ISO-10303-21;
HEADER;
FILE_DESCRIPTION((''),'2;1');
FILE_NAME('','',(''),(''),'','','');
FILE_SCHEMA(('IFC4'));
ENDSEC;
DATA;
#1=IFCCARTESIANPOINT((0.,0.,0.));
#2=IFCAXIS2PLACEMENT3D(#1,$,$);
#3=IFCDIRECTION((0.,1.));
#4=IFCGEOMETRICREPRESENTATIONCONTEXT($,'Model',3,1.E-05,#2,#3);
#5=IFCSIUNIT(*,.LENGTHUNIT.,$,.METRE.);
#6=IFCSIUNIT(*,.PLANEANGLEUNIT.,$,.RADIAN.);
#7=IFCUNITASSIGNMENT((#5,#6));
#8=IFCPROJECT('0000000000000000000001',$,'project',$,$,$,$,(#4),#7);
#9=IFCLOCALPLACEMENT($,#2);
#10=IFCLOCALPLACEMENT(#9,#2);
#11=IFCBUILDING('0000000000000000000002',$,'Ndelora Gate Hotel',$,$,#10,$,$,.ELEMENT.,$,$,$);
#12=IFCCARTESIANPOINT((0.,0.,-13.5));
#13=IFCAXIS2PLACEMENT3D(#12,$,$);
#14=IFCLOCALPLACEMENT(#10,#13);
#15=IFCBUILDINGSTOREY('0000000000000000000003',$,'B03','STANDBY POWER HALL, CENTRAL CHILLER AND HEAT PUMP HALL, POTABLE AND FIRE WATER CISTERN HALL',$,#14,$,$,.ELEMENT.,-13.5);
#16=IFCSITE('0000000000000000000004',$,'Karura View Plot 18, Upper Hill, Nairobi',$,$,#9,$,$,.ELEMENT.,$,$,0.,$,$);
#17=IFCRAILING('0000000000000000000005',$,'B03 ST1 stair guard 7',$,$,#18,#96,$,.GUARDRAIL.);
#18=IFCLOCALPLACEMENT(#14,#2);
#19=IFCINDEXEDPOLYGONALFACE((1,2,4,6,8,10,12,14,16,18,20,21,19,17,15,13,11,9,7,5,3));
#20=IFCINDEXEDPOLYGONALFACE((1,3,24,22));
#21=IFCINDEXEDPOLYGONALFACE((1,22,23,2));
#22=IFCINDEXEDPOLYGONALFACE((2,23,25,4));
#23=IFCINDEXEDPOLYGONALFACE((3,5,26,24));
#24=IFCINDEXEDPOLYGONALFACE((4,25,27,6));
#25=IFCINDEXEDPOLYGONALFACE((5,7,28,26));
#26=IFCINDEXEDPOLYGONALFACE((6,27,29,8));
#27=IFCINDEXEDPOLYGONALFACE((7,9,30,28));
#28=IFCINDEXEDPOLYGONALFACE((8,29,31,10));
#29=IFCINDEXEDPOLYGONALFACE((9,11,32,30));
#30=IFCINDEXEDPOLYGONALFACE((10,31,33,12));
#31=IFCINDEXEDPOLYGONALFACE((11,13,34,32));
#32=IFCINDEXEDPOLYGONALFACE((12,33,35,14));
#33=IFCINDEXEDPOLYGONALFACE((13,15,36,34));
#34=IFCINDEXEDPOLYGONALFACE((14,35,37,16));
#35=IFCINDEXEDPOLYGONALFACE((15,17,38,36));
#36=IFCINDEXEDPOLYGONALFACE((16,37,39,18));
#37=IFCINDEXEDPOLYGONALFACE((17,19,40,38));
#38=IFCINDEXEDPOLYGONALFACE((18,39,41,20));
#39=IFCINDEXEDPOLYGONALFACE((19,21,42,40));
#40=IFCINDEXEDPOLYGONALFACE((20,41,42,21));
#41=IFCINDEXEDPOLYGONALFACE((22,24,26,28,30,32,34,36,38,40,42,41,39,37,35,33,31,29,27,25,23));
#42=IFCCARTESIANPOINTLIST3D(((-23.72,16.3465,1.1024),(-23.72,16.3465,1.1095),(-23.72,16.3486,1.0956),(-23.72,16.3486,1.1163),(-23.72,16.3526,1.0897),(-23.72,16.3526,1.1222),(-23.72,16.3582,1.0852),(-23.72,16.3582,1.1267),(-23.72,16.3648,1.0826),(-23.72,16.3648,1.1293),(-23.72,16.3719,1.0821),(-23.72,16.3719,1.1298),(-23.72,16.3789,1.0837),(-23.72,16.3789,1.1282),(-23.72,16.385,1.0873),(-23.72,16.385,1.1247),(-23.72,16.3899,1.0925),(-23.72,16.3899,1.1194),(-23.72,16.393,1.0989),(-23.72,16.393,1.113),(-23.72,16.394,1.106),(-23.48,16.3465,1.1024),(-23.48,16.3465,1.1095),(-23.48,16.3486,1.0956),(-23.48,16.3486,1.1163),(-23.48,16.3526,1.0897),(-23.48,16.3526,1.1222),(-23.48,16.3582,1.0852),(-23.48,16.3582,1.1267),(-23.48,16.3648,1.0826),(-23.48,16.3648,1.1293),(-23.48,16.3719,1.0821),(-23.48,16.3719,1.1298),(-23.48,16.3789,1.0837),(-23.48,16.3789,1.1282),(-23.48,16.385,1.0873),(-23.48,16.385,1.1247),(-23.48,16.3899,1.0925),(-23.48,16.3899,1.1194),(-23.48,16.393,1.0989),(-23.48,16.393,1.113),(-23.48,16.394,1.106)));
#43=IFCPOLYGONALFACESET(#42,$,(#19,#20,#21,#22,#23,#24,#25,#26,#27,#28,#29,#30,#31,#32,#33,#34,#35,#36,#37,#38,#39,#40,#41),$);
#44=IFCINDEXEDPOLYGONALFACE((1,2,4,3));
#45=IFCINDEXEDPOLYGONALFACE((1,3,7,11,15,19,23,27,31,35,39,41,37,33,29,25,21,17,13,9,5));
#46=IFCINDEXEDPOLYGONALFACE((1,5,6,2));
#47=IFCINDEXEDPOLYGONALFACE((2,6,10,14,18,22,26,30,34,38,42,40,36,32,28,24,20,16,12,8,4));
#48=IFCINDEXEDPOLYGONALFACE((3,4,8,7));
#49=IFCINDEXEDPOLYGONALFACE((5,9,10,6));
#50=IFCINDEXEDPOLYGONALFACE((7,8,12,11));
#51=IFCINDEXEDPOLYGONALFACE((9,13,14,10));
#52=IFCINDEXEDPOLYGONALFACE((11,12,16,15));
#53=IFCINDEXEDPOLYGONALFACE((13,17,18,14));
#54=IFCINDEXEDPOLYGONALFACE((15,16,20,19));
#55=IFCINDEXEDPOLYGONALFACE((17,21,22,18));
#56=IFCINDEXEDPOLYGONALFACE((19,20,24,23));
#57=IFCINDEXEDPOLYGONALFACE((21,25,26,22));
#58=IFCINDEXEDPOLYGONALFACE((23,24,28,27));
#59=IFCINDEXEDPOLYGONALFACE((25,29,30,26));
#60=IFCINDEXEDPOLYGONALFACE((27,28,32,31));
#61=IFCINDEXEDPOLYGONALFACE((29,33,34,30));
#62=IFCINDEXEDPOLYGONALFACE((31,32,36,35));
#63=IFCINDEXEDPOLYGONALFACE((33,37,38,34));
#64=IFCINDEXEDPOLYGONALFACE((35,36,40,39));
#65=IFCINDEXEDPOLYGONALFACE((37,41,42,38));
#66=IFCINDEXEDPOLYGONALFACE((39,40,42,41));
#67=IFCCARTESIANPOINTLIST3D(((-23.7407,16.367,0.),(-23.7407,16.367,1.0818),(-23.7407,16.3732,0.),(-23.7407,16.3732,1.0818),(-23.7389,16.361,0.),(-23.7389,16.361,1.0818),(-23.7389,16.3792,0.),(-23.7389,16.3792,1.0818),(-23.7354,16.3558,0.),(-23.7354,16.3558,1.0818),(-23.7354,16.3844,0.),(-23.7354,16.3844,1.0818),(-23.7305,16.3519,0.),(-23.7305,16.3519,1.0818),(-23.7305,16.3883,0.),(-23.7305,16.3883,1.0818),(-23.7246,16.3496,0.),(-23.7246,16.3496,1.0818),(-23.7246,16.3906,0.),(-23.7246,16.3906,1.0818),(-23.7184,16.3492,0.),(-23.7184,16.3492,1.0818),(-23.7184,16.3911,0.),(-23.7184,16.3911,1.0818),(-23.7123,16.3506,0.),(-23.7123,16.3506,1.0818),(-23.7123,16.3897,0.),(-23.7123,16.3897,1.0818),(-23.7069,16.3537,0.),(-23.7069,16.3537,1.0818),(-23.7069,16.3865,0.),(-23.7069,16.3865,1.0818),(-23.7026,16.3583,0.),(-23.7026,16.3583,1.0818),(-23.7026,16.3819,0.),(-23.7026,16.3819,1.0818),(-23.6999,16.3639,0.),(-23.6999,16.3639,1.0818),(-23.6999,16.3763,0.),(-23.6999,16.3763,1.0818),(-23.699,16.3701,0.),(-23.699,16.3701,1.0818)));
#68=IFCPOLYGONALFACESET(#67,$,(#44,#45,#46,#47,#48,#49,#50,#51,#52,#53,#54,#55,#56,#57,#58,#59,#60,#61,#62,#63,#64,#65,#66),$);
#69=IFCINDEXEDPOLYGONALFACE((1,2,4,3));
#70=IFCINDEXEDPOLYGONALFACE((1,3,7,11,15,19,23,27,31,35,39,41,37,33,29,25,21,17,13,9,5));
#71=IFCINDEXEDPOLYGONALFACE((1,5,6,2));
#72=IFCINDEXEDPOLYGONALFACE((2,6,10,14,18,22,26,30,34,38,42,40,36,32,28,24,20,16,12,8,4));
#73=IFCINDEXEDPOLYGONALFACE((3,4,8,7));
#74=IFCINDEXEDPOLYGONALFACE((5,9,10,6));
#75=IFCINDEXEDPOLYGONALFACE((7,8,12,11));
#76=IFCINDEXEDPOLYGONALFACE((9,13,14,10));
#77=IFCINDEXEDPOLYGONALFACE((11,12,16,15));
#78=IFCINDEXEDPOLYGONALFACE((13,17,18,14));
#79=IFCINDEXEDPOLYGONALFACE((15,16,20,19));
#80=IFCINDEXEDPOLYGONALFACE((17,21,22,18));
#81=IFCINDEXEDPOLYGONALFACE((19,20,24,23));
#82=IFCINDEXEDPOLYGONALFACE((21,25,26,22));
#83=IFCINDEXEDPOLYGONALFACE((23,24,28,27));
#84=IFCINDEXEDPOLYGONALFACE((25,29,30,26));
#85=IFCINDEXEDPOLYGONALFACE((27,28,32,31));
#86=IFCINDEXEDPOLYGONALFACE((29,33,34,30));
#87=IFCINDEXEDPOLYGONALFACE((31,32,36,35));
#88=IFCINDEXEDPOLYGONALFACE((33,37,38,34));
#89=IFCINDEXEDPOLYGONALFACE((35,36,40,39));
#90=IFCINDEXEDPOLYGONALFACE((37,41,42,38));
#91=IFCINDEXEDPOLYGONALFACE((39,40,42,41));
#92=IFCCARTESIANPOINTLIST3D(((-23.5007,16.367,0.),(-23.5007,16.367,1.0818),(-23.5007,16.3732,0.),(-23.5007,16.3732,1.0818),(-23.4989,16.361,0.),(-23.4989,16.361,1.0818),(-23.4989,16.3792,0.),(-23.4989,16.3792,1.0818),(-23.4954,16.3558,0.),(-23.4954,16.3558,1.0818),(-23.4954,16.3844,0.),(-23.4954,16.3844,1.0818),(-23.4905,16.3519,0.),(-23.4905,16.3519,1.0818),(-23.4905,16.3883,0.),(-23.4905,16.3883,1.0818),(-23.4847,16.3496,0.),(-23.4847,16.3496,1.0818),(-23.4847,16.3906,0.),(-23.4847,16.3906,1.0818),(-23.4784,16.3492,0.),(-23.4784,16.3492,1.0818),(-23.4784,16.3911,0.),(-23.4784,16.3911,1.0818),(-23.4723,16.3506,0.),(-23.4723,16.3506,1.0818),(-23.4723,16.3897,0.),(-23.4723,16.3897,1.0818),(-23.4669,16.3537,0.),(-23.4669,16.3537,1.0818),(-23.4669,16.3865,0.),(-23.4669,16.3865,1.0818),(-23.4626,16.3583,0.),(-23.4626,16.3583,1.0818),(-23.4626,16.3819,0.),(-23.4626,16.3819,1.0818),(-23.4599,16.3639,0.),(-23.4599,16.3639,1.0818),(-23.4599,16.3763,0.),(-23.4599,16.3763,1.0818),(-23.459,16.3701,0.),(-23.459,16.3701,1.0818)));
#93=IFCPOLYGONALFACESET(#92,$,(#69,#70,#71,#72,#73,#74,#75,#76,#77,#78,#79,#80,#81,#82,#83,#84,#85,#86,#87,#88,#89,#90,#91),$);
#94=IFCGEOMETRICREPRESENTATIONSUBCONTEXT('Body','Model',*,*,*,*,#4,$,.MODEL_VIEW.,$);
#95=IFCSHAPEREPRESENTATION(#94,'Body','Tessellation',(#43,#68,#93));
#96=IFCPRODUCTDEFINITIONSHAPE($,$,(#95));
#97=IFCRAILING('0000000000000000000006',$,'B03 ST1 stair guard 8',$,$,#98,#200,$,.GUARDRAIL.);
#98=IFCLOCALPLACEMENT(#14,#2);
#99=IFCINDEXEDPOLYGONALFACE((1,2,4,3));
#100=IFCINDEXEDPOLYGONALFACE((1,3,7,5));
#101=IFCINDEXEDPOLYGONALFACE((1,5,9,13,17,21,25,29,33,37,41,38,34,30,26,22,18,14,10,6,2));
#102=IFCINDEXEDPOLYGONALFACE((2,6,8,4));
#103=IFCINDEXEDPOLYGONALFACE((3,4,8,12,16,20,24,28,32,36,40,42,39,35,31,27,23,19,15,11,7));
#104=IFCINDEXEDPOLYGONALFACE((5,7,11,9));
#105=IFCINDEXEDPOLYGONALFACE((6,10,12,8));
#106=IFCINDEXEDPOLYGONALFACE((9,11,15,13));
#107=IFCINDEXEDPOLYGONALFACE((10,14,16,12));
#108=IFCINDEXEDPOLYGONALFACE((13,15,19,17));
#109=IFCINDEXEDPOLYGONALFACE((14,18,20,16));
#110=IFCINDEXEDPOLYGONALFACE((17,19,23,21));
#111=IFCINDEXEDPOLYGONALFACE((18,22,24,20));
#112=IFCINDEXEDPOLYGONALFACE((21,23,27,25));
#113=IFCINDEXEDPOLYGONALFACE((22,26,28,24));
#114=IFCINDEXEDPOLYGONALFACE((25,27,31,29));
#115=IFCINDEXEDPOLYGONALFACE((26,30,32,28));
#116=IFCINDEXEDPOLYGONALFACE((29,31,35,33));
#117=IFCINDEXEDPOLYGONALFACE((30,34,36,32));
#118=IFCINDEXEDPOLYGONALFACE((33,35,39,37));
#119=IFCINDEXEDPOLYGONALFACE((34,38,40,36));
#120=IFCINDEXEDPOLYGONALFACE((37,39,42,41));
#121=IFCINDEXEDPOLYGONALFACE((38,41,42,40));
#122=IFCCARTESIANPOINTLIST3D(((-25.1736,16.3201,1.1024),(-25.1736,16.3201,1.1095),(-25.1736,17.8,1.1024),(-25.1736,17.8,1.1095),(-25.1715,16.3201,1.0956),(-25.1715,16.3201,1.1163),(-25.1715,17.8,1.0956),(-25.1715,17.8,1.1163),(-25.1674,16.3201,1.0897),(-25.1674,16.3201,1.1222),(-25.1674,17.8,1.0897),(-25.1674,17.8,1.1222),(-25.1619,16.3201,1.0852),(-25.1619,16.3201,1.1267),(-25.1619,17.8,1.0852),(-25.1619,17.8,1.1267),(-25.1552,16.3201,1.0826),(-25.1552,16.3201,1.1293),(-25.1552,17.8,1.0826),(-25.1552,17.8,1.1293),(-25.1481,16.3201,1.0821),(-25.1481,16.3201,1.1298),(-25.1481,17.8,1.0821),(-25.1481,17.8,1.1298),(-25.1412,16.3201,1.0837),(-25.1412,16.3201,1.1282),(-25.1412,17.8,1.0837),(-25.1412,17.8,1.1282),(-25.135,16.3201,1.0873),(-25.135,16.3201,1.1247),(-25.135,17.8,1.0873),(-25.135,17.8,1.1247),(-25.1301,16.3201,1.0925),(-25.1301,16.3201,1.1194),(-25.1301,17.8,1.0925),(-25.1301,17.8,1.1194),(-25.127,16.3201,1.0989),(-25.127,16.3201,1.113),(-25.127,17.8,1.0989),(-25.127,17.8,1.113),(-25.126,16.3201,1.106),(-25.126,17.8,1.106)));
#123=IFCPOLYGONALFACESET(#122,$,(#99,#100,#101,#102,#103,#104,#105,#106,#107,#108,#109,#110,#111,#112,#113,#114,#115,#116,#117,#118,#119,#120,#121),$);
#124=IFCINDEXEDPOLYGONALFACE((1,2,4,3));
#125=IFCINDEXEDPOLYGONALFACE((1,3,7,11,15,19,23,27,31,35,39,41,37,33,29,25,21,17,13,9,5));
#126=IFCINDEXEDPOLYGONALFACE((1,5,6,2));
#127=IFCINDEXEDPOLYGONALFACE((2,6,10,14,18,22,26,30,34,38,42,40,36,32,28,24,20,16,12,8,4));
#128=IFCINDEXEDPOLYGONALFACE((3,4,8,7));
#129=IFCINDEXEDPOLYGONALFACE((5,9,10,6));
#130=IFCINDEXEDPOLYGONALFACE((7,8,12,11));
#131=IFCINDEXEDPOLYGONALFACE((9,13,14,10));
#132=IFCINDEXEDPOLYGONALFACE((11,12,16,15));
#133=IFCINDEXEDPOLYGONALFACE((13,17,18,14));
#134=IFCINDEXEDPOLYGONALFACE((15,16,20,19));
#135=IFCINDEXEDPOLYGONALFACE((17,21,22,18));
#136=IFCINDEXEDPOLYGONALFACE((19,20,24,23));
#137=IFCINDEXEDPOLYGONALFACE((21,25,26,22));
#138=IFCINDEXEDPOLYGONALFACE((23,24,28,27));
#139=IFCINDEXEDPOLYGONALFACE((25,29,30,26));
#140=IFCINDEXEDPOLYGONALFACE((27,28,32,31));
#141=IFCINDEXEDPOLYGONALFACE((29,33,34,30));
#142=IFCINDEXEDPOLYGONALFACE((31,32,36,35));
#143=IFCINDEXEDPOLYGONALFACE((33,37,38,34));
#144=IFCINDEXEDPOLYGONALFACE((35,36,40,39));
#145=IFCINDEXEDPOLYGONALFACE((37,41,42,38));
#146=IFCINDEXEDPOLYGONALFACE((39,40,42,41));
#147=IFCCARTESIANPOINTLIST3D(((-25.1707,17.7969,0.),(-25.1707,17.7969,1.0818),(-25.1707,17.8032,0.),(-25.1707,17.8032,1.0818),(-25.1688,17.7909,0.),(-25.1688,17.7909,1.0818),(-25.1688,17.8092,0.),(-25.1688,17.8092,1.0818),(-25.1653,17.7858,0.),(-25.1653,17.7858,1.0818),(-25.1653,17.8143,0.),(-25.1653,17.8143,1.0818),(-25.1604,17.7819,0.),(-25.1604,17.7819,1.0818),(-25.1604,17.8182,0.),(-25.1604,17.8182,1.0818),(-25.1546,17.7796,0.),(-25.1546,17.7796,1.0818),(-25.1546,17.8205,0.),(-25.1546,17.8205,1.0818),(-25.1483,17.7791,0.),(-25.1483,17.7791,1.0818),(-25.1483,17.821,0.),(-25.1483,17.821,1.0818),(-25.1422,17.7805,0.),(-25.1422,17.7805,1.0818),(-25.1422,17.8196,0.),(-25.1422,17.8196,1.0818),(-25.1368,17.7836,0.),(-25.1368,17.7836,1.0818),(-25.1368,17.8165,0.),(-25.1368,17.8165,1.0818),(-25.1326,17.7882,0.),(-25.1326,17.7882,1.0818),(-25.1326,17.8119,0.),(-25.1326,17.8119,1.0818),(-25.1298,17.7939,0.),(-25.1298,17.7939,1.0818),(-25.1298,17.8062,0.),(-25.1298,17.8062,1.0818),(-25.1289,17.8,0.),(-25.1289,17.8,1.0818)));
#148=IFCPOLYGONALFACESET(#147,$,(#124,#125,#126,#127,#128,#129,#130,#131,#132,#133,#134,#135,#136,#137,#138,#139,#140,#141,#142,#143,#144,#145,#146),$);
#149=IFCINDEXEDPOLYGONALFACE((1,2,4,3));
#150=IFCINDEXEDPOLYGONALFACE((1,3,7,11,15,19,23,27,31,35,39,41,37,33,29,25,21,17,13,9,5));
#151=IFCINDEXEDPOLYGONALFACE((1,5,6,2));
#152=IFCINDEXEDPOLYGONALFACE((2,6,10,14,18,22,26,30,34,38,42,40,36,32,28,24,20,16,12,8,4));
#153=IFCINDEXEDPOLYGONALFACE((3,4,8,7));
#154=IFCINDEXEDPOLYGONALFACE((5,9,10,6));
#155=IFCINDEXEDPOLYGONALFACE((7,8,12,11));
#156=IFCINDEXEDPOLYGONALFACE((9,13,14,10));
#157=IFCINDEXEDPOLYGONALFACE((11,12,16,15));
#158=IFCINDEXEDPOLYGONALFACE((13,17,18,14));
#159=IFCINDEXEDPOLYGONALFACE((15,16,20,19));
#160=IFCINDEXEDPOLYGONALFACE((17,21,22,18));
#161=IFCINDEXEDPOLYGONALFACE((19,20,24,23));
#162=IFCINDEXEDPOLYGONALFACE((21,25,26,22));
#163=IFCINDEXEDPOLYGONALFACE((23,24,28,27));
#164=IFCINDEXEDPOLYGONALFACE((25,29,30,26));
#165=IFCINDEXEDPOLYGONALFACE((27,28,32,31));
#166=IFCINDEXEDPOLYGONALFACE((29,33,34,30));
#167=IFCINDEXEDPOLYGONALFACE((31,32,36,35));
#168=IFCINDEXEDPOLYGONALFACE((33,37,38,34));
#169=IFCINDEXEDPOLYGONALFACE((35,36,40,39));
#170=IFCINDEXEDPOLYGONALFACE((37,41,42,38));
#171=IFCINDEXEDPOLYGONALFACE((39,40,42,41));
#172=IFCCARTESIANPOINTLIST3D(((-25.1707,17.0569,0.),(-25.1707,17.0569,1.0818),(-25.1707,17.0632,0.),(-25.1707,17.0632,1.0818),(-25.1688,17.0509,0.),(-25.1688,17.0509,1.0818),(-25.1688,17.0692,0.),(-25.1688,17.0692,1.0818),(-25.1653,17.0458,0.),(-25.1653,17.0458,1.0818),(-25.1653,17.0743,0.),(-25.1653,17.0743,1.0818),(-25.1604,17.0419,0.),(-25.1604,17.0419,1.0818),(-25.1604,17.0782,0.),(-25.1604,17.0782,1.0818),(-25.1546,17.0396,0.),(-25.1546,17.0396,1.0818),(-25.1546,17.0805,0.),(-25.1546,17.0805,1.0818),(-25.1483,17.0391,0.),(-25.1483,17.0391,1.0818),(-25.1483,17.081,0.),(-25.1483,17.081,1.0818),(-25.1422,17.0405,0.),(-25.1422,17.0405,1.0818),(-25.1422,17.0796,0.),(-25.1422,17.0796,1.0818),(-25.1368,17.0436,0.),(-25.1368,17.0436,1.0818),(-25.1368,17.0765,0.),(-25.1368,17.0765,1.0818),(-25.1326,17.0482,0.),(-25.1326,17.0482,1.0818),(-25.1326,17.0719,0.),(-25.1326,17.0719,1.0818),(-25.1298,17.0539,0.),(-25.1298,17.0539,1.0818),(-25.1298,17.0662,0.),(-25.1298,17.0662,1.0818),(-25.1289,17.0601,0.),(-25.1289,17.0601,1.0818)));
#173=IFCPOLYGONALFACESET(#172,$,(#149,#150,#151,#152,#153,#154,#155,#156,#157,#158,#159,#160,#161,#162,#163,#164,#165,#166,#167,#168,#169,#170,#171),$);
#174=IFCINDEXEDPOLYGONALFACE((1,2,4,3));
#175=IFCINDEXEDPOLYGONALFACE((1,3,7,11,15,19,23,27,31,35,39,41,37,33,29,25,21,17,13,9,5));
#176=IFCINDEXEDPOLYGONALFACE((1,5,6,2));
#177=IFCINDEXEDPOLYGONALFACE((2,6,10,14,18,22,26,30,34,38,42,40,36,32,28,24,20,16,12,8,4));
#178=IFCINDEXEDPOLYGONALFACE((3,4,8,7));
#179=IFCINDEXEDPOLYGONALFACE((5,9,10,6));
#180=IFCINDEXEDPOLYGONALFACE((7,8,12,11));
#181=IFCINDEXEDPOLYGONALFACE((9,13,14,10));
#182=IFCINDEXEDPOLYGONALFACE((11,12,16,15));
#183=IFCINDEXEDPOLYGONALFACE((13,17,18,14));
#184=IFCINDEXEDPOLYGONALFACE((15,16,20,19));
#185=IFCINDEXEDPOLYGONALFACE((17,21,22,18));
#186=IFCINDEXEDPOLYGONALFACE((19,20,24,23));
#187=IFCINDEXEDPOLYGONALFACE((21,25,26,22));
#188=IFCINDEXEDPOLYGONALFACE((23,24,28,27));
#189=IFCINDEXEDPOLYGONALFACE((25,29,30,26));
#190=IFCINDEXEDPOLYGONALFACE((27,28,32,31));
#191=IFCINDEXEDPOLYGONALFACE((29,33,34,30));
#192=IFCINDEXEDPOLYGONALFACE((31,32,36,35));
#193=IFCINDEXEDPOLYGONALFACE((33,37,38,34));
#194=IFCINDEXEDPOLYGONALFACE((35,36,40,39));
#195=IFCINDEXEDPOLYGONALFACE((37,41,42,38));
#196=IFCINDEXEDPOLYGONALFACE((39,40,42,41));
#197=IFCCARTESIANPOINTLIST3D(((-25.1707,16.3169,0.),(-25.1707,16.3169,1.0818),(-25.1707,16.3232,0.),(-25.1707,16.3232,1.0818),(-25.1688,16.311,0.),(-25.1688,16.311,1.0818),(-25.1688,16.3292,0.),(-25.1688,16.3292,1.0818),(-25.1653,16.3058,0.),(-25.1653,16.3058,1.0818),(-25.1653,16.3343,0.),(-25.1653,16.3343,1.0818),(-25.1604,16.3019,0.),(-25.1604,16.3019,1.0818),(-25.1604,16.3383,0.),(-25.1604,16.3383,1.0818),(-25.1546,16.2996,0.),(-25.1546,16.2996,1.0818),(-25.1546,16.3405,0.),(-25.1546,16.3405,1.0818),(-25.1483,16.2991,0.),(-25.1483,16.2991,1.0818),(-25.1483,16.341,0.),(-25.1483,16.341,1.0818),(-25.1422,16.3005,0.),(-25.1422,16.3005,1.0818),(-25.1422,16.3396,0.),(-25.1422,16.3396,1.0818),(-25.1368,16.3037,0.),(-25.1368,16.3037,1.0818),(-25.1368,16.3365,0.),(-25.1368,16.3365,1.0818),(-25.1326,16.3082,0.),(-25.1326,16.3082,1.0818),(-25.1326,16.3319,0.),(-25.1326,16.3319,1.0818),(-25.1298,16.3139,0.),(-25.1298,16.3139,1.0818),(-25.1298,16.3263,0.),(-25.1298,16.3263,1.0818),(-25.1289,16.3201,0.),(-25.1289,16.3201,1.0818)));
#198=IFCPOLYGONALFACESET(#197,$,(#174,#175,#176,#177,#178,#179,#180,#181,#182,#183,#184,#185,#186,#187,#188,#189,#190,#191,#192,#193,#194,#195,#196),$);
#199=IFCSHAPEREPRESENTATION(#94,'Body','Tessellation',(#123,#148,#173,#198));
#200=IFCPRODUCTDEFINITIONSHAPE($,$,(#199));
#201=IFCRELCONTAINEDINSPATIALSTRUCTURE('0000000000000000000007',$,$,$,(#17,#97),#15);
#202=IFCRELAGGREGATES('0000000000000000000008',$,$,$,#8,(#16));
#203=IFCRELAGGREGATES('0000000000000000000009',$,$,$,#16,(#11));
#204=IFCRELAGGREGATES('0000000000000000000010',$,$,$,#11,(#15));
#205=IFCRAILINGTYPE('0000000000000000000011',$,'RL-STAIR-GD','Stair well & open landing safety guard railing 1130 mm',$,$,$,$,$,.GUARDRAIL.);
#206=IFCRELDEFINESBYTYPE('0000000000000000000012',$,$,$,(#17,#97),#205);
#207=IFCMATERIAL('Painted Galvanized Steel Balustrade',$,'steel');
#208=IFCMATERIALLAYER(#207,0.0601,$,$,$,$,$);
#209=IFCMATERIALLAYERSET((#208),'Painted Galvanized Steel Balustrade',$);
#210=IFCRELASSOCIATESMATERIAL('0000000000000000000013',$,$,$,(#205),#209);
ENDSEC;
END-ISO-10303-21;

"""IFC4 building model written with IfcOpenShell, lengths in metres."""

from ifc_helpers import new_model, si_unit, direction, frame, origin, origin_2d, place, context, subcontext, project, spatial, circle, extrude, material, layer, layer_set, type_object, element, save


model = new_model("IFC4")

# Units and contexts
model_context = context("Model", 3, precision=1e-05, world=origin(), true_north=direction((0.0, 1.0)))
body_context = subcontext(model_context, "Body", "Model", "MODEL_VIEW")
ifc_project = project(units=[si_unit("LENGTHUNIT", "METRE"), si_unit("PLANEANGLEUNIT", "RADIAN")], contexts=[model_context])

# Site, building, storey
site_placement = place(None, origin())
site = spatial("IfcSite", under=ifc_project, at=site_placement, Name="Karura View Plot 18, Upper Hill, Nairobi", CompositionType="ELEMENT", RefElevation=0.0)
building_placement = place(site_placement, origin())
building = spatial("IfcBuilding", under=site, at=building_placement, Name="Ndelora Gate Hotel", CompositionType="ELEMENT")
storey_placement = place(building_placement, frame((0.0, 0.0, -13.5)))
storey = spatial("IfcBuildingStorey", under=building, at=storey_placement, Name="B03", Description="STANDBY POWER HALL, CENTRAL CHILLER AND HEAT PUMP HALL, POTABLE AND FIRE WATER CISTERN HALL", CompositionType="ELEMENT", Elevation=-13.5)

# Railings
ifc_material_1 = material(Name="Painted Galvanized Steel Balustrade", Category="steel")
ifc_layer_1 = layer(ifc_material_1, 0.0601)
ifc_layer_set_1 = layer_set([ifc_layer_1], Name="Painted Galvanized Steel Balustrade")
railing_type_1 = type_object("IfcRailingType", Name="RL-STAIR-GD", Description="Stair well & open landing safety guard railing 1130 mm", PredefinedType="GUARDRAIL", material=ifc_layer_set_1)
railing_1_placement = place(storey_placement, frame((-23.72, 16.3701, 0.0)))
element("IfcRailing", 1, at=railing_1_placement, inside=storey, type_object=railing_type_1, Name="B03 ST1 stair guard 7", PredefinedType="GUARDRAIL", context=body_context, shape_type="SweptSolid", body=[
    extrude(circle(Radius=0.0239, at=origin_2d()), frame((0.0, 0.0, 1.106), z_axis=(1.0, 0.0, 0.0), x_axis=(0.0, 1.0, 0.0)), (0.0, 0.0, 1.0), 0.24),
    extrude(circle(Radius=0.021, at=origin_2d()), origin(), (0.0, 0.0, 1.0), 1.0818),
    extrude(circle(Radius=0.021, at=origin_2d()), frame((0.24, 0.0, 0.0)), (0.0, 0.0, 1.0), 1.0818),
])
for number, where, name in (
    (2, (-25.1499, 17.8, 0.0), "B03 ST1 stair guard 8"),
):
    element("IfcRailing", number, at=place(storey_placement, frame(where)), inside=storey, type_object=railing_type_1, Name=name, PredefinedType="GUARDRAIL", context=body_context, shape_type="SweptSolid", body=[
        extrude(circle(Radius=0.0239, at=origin_2d()), frame((0.0, 0.0, 1.106), z_axis=(0.0, -1.0, 0.0), x_axis=(1.0, 0.0, 0.0)), (0.0, 0.0, 1.0), 1.48),
        extrude(circle(Radius=0.021, at=origin_2d()), origin(), (0.0, 0.0, 1.0), 1.0818),
        extrude(circle(Radius=0.021, at=origin_2d()), frame((0.0, -0.74, 0.0)), (0.0, 0.0, 1.0), 1.0818),
        extrude(circle(Radius=0.021, at=origin_2d()), frame((0.0, -1.48, 0.0)), (0.0, 0.0, 1.0), 1.0818),
    ])

save(model, "model.ifc")
